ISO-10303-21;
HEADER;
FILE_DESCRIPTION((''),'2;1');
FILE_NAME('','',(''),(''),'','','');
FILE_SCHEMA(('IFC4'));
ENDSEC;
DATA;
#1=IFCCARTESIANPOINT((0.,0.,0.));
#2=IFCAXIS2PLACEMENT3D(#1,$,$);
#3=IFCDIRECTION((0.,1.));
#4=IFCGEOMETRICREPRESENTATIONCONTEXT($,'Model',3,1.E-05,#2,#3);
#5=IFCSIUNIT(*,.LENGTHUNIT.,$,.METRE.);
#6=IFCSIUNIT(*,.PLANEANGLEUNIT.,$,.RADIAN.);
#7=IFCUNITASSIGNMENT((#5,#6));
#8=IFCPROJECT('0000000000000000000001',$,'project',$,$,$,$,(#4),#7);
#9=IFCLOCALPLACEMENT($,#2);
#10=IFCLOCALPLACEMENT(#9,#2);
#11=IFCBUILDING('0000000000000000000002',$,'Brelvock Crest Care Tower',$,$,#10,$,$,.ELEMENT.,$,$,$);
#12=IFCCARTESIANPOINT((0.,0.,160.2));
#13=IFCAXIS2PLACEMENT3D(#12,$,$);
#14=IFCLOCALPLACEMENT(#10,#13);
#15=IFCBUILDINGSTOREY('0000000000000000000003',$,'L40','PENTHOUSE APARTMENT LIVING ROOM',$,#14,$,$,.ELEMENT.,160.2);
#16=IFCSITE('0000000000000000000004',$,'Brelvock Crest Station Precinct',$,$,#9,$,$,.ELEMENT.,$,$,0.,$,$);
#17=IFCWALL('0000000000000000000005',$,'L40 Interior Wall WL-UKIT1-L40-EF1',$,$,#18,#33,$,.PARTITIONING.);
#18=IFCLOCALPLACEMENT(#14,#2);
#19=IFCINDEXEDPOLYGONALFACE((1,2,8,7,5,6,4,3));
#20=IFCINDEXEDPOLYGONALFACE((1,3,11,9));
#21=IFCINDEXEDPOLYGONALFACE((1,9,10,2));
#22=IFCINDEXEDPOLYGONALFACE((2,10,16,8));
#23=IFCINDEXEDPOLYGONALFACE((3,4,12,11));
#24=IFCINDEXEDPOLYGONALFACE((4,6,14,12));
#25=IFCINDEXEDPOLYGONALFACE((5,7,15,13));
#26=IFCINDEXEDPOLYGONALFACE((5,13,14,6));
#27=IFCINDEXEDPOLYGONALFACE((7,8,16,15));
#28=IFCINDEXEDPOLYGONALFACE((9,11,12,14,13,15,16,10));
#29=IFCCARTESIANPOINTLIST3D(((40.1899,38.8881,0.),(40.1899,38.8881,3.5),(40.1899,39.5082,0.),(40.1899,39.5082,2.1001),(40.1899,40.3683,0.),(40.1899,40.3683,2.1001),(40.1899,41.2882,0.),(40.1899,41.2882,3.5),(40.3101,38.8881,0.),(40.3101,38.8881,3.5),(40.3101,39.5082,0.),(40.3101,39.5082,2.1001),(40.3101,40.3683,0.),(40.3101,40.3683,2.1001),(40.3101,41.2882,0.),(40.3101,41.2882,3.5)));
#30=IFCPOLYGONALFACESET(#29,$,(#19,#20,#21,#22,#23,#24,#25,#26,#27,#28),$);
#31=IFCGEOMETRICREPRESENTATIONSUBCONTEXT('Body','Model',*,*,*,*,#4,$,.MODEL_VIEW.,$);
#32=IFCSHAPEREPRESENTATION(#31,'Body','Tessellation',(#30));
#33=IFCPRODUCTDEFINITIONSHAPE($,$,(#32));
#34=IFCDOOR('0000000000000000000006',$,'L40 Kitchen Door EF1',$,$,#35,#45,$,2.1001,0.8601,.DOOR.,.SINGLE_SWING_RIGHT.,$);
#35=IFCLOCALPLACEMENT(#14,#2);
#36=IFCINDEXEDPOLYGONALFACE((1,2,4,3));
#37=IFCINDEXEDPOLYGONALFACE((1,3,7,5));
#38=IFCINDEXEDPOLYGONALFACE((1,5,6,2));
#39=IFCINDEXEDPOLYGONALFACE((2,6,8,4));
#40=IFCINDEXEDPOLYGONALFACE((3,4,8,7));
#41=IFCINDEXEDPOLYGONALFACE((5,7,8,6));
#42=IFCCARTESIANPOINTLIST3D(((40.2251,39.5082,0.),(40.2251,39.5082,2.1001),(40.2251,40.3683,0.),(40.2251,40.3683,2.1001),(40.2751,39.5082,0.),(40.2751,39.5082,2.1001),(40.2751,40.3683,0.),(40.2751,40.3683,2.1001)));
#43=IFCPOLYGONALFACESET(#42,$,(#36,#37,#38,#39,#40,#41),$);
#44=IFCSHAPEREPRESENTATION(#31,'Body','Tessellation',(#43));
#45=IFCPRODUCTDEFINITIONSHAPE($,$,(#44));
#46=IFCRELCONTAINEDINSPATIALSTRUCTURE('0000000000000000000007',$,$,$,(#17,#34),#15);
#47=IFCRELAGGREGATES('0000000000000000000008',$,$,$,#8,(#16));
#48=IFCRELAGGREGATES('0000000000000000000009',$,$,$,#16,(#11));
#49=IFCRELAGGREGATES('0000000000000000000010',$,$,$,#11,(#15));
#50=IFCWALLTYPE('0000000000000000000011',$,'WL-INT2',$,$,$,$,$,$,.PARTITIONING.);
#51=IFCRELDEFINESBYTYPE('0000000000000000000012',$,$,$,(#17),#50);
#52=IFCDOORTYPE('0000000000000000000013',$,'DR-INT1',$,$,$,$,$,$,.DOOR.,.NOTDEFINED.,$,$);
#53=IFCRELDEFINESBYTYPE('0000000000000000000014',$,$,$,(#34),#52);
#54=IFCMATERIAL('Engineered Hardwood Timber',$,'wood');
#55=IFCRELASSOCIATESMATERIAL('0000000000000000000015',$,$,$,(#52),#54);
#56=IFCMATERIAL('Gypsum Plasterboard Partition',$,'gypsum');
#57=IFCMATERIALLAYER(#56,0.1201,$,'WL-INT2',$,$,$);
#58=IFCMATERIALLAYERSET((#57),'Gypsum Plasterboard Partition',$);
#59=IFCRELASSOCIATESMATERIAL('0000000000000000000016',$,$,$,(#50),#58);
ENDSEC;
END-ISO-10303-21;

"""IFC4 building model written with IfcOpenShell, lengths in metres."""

from ifc_helpers import new_model, si_unit, direction, frame, frame_2d, origin, origin_2d, place, context, subcontext, project, spatial, rectangle, extrude, source, transform, mapped, material, layer, layer_set, type_object, element, fill, save


model = new_model("IFC4")

# Units and contexts
model_context = context("Model", 3, precision=1e-05, world=origin(), true_north=direction((0.0, 1.0)))
body_context = subcontext(model_context, "Body", "Model", "MODEL_VIEW")
ifc_project = project(units=[si_unit("LENGTHUNIT", "METRE"), si_unit("PLANEANGLEUNIT", "RADIAN")], contexts=[model_context])

# Site, building, storey
site_placement = place(None, origin())
site = spatial("IfcSite", under=ifc_project, at=site_placement, Name="Brelvock Crest Station Precinct", CompositionType="ELEMENT", RefElevation=0.0)
building_placement = place(site_placement, origin())
building = spatial("IfcBuilding", under=site, at=building_placement, Name="Brelvock Crest Care Tower", CompositionType="ELEMENT")
storey_placement = place(building_placement, frame((0.0, 0.0, 160.2)))
storey = spatial("IfcBuildingStorey", under=building, at=storey_placement, Name="L40", Description="PENTHOUSE APARTMENT LIVING ROOM", CompositionType="ELEMENT", Elevation=160.2)

# Shared definitions
ifc_material_1 = material(Name="Engineered Hardwood Timber", Category="wood")
door_type = type_object("IfcDoorType", Name="DR-INT1", OperationType="NOTDEFINED", PredefinedType="DOOR", material=ifc_material_1)
shared_shape_1 = source(origin(), body_context, "Body", "SweptSolid", [
    extrude(rectangle(XDim=0.8601, YDim=2.1001, at=origin_2d()), frame((0.4302, 0.0249, 1.05), z_axis=(0.0, -1.0, 0.0), x_axis=(1.0, 0.0, 0.0)), (0.0, 0.0, 1.0), 0.05),
])

# Shared definitions
ifc_material_2 = material(Name="Gypsum Plasterboard Partition", Category="gypsum")
ifc_layer_1 = layer(ifc_material_2, 0.1201, Name="WL-INT2")
ifc_layer_set_1 = layer_set([ifc_layer_1], Name="Gypsum Plasterboard Partition")
wall_type_1 = type_object("IfcWallType", Name="WL-INT2", PredefinedType="PARTITIONING", material=ifc_layer_set_1)

# Wall, opening, door
wall_1_placement = place(storey_placement, frame((40.25, 38.8879, 0.0), z_axis=(0.0, 0.0, 1.0), x_axis=(0.0, 1.0, 0.0)))
wall_1 = element("IfcWall", 1, at=wall_1_placement, inside=storey, type_object=wall_type_1, Name="L40 Interior Wall WL-UKIT1-L40-EF1", PredefinedType="PARTITIONING", context=body_context, shape_type="SweptSolid", body=[
    extrude(rectangle(XDim=2.4001, YDim=0.1201, at=frame_2d((1.2002, 0.0))), origin(), (0.0, 0.0, 1.0), 3.5),
])
opening_1_placement = place(wall_1_placement, frame((0.6201, 0.0, 0.0)))
opening_1 = element("IfcOpeningElement", 2, at=opening_1_placement, cuts=wall_1, PredefinedType="OPENING", context=body_context, shape_type="SweptSolid", body=[
    extrude(rectangle(XDim=0.8601, YDim=2.1001, at=origin_2d()), frame((0.4302, 0.0701, 1.05), z_axis=(0.0, -1.0, 0.0), x_axis=(1.0, 0.0, 0.0)), (0.0, 0.0, 1.0), 0.1401),
])
door_1_placement = place(opening_1_placement, origin())
door_1 = element("IfcDoor", 3, at=door_1_placement, inside=storey, type_object=door_type, Name="L40 Kitchen Door EF1", OperationType="SINGLE_SWING_RIGHT", OverallHeight=2.1001, OverallWidth=0.8601, PredefinedType="DOOR", context=body_context, shape_type="MappedRepresentation", body=[
    mapped(shared_shape_1, transform((0.0, 0.0, 0.0), x_axis=(1.0, 0.0, 0.0), y_axis=(0.0, 1.0, 0.0), z_axis=(0.0, 0.0, 1.0), scale=1.0)),
])
fill(opening_1, door_1)

save(model, "model.ifc")
